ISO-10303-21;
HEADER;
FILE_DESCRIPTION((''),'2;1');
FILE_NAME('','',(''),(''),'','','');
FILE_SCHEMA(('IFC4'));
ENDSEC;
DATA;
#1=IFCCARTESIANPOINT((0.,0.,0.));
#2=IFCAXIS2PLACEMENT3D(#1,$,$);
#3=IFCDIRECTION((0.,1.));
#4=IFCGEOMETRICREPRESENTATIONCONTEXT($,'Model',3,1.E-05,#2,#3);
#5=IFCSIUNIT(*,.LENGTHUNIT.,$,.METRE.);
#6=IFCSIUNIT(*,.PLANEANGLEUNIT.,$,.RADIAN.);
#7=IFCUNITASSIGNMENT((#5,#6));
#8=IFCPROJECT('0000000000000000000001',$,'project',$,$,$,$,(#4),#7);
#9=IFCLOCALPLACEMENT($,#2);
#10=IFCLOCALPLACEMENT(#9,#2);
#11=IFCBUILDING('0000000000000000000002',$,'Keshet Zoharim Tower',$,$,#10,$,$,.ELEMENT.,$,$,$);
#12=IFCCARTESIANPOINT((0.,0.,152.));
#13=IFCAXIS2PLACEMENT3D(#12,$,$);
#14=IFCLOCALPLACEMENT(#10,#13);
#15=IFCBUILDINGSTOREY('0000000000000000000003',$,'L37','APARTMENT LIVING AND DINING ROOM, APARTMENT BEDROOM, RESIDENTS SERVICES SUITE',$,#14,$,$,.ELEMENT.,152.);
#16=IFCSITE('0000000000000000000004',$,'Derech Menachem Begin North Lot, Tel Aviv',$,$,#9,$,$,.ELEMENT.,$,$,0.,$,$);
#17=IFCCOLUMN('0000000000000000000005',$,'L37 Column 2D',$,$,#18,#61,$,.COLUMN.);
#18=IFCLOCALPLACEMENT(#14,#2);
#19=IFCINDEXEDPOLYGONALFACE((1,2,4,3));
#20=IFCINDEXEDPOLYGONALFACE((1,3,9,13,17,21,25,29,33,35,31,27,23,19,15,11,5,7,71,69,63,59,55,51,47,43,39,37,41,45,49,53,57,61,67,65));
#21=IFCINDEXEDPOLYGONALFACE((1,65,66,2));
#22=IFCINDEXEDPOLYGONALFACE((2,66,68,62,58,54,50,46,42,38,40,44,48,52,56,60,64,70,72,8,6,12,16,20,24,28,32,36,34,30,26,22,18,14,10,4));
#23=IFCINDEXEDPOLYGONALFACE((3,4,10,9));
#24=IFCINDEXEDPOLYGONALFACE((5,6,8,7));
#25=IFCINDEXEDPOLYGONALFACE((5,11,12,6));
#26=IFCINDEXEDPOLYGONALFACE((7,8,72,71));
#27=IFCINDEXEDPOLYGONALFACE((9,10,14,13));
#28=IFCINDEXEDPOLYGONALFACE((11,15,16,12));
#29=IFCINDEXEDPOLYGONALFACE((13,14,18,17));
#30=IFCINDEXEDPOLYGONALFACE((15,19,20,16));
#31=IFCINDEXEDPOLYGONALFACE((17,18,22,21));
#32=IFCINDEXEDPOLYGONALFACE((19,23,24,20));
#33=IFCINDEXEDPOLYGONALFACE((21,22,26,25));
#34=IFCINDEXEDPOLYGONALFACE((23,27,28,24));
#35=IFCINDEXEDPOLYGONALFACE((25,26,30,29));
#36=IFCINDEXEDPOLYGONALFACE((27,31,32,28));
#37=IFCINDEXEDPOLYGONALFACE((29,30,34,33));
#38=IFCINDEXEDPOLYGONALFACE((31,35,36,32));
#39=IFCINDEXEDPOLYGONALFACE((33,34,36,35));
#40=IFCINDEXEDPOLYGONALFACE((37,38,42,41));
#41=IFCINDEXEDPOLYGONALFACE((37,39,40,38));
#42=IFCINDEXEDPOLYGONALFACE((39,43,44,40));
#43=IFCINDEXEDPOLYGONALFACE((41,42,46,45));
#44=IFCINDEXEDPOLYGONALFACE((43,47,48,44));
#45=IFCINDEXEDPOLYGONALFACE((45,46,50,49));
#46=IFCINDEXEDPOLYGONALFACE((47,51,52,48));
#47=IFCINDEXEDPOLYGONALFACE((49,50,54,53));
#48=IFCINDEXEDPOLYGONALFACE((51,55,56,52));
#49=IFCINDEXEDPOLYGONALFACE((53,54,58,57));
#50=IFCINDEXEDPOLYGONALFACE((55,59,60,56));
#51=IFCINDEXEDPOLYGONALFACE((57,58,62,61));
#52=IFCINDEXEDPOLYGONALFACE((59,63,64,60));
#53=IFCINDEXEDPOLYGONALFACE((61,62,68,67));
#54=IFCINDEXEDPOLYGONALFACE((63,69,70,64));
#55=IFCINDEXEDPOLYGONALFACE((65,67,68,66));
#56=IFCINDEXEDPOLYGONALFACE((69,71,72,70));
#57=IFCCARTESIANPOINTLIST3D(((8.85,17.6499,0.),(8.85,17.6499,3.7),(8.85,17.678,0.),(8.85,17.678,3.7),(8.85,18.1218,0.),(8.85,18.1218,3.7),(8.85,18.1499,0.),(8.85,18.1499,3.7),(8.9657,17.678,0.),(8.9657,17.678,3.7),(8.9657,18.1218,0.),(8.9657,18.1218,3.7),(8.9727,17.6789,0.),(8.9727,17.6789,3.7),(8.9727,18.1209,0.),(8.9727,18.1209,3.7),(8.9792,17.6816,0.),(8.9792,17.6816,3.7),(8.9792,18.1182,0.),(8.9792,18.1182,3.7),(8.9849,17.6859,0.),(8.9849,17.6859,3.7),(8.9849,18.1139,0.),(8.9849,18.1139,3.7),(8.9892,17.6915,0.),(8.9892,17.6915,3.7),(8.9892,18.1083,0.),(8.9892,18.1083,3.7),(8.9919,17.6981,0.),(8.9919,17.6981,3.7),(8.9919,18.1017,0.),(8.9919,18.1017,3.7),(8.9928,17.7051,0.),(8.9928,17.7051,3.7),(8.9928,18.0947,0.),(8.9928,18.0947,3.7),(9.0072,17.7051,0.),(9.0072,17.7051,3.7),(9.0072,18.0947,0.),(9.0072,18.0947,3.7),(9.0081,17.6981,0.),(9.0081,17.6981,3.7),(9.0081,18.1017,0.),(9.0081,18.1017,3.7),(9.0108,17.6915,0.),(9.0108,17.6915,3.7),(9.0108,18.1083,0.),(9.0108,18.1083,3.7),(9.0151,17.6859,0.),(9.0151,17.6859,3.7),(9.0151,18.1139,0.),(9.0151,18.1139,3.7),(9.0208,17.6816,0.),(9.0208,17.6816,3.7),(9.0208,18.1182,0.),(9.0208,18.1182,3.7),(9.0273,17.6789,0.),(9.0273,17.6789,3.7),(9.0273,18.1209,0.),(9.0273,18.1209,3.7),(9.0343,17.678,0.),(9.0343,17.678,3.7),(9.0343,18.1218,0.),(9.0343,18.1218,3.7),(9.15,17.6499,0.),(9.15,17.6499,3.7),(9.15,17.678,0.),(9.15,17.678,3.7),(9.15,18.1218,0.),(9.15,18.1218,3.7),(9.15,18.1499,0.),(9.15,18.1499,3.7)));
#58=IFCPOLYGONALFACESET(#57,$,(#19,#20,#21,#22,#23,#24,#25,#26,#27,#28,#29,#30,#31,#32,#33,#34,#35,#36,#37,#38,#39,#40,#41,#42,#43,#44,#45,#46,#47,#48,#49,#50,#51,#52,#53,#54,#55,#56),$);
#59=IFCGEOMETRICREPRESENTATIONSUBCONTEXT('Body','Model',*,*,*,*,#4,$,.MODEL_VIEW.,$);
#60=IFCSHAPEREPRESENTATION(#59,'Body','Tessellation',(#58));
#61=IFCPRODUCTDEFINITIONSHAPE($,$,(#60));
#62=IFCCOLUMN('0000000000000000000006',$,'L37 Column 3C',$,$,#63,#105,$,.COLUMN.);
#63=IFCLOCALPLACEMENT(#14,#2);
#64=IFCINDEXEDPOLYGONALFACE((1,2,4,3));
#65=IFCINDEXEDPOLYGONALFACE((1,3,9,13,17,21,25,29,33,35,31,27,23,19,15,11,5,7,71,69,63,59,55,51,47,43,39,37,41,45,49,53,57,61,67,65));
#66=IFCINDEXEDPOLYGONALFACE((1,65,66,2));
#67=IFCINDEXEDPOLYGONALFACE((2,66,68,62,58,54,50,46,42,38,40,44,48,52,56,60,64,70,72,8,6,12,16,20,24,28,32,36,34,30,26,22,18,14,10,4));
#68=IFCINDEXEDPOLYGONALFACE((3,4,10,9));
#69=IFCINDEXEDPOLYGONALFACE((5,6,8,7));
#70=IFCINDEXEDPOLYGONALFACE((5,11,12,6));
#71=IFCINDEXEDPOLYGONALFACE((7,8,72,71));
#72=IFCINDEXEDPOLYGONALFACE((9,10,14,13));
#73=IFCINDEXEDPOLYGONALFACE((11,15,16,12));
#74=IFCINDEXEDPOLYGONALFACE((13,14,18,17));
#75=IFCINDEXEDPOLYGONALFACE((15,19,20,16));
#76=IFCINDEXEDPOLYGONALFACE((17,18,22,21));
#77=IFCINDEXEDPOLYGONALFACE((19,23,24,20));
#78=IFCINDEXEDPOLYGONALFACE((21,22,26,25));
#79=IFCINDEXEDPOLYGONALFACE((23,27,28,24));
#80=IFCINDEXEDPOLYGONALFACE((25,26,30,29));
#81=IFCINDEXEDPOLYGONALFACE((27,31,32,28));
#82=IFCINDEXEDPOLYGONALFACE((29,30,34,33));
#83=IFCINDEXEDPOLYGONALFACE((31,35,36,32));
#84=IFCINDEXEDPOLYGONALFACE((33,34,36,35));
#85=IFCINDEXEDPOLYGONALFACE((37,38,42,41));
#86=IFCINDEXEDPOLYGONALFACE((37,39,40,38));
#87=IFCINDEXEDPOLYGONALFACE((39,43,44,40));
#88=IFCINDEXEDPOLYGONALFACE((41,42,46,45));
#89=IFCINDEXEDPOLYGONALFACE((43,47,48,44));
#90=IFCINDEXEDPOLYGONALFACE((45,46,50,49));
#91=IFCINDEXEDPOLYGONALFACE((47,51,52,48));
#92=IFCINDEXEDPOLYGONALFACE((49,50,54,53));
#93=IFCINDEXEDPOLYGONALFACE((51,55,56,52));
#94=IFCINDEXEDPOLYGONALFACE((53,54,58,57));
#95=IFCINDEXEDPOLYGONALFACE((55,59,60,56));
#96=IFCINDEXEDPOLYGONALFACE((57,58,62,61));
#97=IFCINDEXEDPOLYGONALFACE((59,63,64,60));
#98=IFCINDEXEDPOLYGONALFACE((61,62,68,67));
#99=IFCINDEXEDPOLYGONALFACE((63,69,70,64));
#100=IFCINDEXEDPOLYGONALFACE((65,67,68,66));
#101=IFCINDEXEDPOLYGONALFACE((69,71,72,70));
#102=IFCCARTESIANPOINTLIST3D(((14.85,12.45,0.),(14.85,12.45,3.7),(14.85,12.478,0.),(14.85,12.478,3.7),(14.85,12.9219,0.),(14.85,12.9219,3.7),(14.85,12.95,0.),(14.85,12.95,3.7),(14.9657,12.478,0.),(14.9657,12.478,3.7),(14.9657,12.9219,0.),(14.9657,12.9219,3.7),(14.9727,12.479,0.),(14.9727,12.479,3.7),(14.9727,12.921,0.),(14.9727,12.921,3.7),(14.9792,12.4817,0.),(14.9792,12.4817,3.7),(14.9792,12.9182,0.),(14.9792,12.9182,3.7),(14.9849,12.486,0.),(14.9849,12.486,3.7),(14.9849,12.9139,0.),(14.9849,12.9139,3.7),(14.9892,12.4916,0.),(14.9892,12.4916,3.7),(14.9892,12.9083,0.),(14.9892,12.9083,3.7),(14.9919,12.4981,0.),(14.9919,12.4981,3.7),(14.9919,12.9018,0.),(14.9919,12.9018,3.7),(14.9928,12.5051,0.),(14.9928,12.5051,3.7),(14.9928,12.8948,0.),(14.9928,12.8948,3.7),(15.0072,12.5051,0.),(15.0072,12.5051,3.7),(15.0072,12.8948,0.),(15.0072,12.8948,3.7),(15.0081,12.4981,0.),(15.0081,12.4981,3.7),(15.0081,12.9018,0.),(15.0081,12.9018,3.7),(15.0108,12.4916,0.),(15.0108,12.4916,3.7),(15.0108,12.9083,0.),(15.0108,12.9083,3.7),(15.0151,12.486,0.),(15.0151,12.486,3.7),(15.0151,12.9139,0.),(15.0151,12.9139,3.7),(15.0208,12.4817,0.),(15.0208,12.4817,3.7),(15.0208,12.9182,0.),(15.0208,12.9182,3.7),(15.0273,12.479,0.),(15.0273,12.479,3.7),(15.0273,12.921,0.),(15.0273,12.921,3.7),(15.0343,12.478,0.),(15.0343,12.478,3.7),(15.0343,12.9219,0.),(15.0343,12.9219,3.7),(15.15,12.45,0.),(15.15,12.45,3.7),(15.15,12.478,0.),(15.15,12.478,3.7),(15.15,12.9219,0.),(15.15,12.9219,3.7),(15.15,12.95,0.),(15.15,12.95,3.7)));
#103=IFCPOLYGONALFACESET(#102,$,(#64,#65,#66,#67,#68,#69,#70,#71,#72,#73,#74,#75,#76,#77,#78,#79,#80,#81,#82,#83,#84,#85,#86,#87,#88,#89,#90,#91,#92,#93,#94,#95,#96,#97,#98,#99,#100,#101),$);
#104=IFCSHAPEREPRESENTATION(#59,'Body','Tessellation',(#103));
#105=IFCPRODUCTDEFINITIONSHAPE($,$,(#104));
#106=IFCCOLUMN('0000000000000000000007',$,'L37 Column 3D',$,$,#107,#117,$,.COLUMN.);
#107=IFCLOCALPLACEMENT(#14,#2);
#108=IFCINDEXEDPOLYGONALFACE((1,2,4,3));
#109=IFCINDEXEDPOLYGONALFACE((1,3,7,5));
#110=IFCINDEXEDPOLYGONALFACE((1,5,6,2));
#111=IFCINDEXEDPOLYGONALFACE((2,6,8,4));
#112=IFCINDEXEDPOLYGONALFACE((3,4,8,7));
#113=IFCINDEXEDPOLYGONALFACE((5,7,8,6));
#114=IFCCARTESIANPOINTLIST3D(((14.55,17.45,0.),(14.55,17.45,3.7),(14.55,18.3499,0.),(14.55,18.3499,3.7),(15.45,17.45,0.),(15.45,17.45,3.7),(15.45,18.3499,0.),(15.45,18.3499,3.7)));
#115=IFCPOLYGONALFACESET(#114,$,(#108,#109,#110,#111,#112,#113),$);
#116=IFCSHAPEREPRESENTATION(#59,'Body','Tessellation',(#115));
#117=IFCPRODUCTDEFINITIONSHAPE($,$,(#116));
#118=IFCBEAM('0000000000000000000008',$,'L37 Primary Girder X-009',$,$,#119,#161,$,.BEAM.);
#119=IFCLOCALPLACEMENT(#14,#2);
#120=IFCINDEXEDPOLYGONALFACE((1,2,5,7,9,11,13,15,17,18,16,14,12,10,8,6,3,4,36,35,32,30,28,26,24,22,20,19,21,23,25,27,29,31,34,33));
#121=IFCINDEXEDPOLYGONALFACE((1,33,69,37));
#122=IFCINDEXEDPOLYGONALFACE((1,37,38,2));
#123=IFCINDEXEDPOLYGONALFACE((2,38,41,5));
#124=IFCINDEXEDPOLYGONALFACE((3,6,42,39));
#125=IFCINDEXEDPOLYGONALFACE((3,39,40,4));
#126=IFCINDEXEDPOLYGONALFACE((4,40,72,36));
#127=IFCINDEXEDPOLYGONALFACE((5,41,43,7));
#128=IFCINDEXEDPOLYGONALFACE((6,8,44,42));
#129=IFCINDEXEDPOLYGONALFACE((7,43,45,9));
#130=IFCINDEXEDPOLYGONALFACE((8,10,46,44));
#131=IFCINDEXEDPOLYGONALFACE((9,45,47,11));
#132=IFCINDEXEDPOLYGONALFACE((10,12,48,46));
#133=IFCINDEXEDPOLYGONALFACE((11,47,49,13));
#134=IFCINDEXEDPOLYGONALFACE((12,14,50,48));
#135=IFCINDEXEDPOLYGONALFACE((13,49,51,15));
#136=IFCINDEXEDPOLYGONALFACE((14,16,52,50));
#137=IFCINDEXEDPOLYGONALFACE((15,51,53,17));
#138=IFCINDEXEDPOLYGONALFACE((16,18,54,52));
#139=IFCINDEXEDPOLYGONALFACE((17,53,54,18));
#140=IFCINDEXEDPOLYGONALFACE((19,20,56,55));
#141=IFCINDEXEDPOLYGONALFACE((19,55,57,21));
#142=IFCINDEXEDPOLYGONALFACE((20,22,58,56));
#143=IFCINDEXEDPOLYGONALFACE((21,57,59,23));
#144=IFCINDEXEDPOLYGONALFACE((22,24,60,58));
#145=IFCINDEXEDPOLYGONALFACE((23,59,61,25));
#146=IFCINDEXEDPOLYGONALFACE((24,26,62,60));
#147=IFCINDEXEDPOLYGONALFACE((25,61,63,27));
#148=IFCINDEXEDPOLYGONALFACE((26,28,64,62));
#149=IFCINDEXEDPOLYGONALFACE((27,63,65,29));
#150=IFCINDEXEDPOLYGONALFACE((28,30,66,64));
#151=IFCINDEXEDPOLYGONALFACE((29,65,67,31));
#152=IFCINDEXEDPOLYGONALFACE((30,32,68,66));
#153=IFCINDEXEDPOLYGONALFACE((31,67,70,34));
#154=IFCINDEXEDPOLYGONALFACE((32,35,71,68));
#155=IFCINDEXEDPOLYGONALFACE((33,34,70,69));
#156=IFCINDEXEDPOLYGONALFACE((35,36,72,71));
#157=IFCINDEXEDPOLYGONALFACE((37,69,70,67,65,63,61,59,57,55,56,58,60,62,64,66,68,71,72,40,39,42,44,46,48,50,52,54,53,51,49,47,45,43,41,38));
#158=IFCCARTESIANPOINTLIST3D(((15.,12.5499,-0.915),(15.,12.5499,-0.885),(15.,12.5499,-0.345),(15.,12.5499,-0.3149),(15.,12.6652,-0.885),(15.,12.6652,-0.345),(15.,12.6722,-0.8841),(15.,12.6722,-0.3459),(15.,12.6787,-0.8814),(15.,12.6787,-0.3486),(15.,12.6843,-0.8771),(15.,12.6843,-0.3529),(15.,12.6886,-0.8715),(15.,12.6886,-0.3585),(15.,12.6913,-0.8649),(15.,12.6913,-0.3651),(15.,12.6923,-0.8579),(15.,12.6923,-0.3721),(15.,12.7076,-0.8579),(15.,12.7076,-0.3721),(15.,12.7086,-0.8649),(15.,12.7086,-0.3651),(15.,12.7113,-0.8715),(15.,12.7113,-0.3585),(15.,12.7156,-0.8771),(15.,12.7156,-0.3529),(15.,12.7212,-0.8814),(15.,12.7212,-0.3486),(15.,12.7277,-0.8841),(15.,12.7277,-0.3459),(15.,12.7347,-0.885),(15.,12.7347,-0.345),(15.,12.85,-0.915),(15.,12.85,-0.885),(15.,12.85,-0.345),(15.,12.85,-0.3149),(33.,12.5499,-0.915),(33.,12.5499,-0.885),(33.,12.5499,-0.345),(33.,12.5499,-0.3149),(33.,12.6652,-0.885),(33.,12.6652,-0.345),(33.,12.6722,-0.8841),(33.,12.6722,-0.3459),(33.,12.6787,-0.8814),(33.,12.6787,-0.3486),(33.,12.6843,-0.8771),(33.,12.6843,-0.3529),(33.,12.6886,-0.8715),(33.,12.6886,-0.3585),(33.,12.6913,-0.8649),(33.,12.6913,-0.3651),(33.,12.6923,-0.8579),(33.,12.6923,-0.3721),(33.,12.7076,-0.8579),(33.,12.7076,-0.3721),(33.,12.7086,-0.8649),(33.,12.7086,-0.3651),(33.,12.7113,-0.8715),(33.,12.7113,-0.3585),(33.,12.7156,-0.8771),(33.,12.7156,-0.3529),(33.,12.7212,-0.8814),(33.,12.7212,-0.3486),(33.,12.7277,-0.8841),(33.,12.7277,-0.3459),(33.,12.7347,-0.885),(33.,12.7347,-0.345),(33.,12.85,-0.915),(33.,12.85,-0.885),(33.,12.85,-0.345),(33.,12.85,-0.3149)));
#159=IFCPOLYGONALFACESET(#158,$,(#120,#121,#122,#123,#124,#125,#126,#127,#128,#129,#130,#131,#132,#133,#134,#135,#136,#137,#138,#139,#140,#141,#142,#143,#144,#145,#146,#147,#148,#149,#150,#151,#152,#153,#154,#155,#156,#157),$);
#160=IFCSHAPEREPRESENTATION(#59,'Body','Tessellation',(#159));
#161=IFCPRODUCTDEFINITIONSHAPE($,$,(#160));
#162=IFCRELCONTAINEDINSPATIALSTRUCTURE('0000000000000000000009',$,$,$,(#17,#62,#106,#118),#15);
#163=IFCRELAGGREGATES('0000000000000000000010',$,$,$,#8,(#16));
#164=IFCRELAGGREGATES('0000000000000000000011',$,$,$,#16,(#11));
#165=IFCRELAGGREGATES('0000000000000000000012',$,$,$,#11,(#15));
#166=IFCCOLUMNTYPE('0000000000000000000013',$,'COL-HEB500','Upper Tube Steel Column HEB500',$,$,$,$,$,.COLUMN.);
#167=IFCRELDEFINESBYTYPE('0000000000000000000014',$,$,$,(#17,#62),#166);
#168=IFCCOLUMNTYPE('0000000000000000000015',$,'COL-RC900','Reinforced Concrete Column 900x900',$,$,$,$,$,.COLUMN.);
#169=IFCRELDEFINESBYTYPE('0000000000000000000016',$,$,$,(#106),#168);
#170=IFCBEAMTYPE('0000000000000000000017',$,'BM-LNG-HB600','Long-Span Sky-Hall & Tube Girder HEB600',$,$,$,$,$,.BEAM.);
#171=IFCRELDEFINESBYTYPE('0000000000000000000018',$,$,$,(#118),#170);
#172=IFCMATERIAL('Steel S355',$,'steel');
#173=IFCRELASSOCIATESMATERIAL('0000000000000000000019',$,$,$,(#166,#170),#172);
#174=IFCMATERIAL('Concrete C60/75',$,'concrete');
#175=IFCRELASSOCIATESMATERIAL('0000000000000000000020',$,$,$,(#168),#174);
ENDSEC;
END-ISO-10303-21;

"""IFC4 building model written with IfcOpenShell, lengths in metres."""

from ifc_helpers import new_model, si_unit, direction, frame, origin, origin_2d, place, context, subcontext, project, spatial, rectangle, i_section, extrude, material, material_profile, profile_set, type_object, element, save


model = new_model("IFC4")

# Units and contexts
model_context = context("Model", 3, precision=1e-05, world=origin(), true_north=direction((0.0, 1.0)))
body_context = subcontext(model_context, "Body", "Model", "MODEL_VIEW")
ifc_project = project(units=[si_unit("LENGTHUNIT", "METRE"), si_unit("PLANEANGLEUNIT", "RADIAN")], contexts=[model_context])

# Site, building, storey
site_placement = place(None, origin())
site = spatial("IfcSite", under=ifc_project, at=site_placement, Name="Derech Menachem Begin North Lot, Tel Aviv", CompositionType="ELEMENT", RefElevation=0.0)
building_placement = place(site_placement, origin())
building = spatial("IfcBuilding", under=site, at=building_placement, Name="Keshet Zoharim Tower", CompositionType="ELEMENT")
storey_placement = place(building_placement, frame((0.0, 0.0, 152.0)))
storey = spatial("IfcBuildingStorey", under=building, at=storey_placement, Name="L37", Description="APARTMENT LIVING AND DINING ROOM, APARTMENT BEDROOM, RESIDENTS SERVICES SUITE", CompositionType="ELEMENT", Elevation=152.0)

# Columns
ifc_material_1 = material(Name="Steel S355", Category="steel")
ifc_material_profile_1 = material_profile(ifc_material_1, i_section(OverallWidth=0.3, OverallDepth=0.5, WebThickness=0.0144, FlangeThickness=0.0281, FilletRadius=0.0271, at=origin_2d()), Name="HEB500")
ifc_profile_set_1 = profile_set([ifc_material_profile_1], Name="Steel S355")
column_type_1 = type_object("IfcColumnType", Name="COL-HEB500", Description="Upper Tube Steel Column HEB500", PredefinedType="COLUMN", material=ifc_profile_set_1)
for number, where, z_axis, x_axis, name in (
    (1, (9.0, 17.8999, 0.0), (0.0, 0.0, 1.0), (1.0, 0.0, 0.0), "L37 Column 2D"),
    (2, (15.0, 12.7, 0.0), (0.0, 0.0, 1.0), (1.0, 0.0, 0.0), "L37 Column 3C"),
):
    element("IfcColumn", number, at=place(storey_placement, frame(where, z_axis=z_axis, x_axis=x_axis)), inside=storey, type_object=column_type_1, Name=name, PredefinedType="COLUMN", context=body_context, shape_type="SweptSolid", body=[
        extrude(i_section(OverallWidth=0.3, OverallDepth=0.5, WebThickness=0.0144, FlangeThickness=0.0281, FilletRadius=0.0271, at=origin_2d()), origin(), (0.0, 0.0, 1.0), 3.7),
    ])
ifc_material_2 = material(Name="Concrete C60/75", Category="concrete")
ifc_material_profile_2 = material_profile(ifc_material_2, rectangle(XDim=0.8999, YDim=0.8999, at=origin_2d()), Name="RC900x900")
ifc_profile_set_2 = profile_set([ifc_material_profile_2], Name="Concrete C60/75")
column_type_2 = type_object("IfcColumnType", Name="COL-RC900", Description="Reinforced Concrete Column 900x900", PredefinedType="COLUMN", material=ifc_profile_set_2)
column_placement = place(storey_placement, frame((15.0, 17.8999, 0.0), z_axis=(0.0, 0.0, 1.0), x_axis=(1.0, 0.0, 0.0)))
element("IfcColumn", 3, at=column_placement, inside=storey, type_object=column_type_2, Name="L37 Column 3D", PredefinedType="COLUMN", context=body_context, shape_type="SweptSolid", body=[
    extrude(rectangle(XDim=0.8999, YDim=0.8999, at=origin_2d()), origin(), (0.0, 0.0, 1.0), 3.7),
])

# Beam
ifc_material_profile_3 = material_profile(ifc_material_1, i_section(OverallWidth=0.3, OverallDepth=0.6001, WebThickness=0.0154, FlangeThickness=0.03, FilletRadius=0.0271, at=origin_2d()), Name="HEB600")
ifc_profile_set_3 = profile_set([ifc_material_profile_3], Name="Steel S355")
beam_type_1 = type_object("IfcBeamType", Name="BM-LNG-HB600", Description="Long-Span Sky-Hall & Tube Girder HEB600", PredefinedType="BEAM", material=ifc_profile_set_3)
for number, where, z_axis, x_axis, name in (
    (4, (15.0, 12.7, -0.615), (1.0, 0.0, 0.0), (0.0, 1.0, 0.0), "L37 Primary Girder X-009"),
):
    element("IfcBeam", number, at=place(storey_placement, frame(where, z_axis=z_axis, x_axis=x_axis)), inside=storey, type_object=beam_type_1, Name=name, PredefinedType="BEAM", context=body_context, shape_type="SweptSolid", body=[
        extrude(i_section(OverallWidth=0.3, OverallDepth=0.6001, WebThickness=0.0154, FlangeThickness=0.03, FilletRadius=0.0271, at=origin_2d()), origin(), (0.0, 0.0, 1.0), 18.0),
    ])

save(model, "model.ifc")
